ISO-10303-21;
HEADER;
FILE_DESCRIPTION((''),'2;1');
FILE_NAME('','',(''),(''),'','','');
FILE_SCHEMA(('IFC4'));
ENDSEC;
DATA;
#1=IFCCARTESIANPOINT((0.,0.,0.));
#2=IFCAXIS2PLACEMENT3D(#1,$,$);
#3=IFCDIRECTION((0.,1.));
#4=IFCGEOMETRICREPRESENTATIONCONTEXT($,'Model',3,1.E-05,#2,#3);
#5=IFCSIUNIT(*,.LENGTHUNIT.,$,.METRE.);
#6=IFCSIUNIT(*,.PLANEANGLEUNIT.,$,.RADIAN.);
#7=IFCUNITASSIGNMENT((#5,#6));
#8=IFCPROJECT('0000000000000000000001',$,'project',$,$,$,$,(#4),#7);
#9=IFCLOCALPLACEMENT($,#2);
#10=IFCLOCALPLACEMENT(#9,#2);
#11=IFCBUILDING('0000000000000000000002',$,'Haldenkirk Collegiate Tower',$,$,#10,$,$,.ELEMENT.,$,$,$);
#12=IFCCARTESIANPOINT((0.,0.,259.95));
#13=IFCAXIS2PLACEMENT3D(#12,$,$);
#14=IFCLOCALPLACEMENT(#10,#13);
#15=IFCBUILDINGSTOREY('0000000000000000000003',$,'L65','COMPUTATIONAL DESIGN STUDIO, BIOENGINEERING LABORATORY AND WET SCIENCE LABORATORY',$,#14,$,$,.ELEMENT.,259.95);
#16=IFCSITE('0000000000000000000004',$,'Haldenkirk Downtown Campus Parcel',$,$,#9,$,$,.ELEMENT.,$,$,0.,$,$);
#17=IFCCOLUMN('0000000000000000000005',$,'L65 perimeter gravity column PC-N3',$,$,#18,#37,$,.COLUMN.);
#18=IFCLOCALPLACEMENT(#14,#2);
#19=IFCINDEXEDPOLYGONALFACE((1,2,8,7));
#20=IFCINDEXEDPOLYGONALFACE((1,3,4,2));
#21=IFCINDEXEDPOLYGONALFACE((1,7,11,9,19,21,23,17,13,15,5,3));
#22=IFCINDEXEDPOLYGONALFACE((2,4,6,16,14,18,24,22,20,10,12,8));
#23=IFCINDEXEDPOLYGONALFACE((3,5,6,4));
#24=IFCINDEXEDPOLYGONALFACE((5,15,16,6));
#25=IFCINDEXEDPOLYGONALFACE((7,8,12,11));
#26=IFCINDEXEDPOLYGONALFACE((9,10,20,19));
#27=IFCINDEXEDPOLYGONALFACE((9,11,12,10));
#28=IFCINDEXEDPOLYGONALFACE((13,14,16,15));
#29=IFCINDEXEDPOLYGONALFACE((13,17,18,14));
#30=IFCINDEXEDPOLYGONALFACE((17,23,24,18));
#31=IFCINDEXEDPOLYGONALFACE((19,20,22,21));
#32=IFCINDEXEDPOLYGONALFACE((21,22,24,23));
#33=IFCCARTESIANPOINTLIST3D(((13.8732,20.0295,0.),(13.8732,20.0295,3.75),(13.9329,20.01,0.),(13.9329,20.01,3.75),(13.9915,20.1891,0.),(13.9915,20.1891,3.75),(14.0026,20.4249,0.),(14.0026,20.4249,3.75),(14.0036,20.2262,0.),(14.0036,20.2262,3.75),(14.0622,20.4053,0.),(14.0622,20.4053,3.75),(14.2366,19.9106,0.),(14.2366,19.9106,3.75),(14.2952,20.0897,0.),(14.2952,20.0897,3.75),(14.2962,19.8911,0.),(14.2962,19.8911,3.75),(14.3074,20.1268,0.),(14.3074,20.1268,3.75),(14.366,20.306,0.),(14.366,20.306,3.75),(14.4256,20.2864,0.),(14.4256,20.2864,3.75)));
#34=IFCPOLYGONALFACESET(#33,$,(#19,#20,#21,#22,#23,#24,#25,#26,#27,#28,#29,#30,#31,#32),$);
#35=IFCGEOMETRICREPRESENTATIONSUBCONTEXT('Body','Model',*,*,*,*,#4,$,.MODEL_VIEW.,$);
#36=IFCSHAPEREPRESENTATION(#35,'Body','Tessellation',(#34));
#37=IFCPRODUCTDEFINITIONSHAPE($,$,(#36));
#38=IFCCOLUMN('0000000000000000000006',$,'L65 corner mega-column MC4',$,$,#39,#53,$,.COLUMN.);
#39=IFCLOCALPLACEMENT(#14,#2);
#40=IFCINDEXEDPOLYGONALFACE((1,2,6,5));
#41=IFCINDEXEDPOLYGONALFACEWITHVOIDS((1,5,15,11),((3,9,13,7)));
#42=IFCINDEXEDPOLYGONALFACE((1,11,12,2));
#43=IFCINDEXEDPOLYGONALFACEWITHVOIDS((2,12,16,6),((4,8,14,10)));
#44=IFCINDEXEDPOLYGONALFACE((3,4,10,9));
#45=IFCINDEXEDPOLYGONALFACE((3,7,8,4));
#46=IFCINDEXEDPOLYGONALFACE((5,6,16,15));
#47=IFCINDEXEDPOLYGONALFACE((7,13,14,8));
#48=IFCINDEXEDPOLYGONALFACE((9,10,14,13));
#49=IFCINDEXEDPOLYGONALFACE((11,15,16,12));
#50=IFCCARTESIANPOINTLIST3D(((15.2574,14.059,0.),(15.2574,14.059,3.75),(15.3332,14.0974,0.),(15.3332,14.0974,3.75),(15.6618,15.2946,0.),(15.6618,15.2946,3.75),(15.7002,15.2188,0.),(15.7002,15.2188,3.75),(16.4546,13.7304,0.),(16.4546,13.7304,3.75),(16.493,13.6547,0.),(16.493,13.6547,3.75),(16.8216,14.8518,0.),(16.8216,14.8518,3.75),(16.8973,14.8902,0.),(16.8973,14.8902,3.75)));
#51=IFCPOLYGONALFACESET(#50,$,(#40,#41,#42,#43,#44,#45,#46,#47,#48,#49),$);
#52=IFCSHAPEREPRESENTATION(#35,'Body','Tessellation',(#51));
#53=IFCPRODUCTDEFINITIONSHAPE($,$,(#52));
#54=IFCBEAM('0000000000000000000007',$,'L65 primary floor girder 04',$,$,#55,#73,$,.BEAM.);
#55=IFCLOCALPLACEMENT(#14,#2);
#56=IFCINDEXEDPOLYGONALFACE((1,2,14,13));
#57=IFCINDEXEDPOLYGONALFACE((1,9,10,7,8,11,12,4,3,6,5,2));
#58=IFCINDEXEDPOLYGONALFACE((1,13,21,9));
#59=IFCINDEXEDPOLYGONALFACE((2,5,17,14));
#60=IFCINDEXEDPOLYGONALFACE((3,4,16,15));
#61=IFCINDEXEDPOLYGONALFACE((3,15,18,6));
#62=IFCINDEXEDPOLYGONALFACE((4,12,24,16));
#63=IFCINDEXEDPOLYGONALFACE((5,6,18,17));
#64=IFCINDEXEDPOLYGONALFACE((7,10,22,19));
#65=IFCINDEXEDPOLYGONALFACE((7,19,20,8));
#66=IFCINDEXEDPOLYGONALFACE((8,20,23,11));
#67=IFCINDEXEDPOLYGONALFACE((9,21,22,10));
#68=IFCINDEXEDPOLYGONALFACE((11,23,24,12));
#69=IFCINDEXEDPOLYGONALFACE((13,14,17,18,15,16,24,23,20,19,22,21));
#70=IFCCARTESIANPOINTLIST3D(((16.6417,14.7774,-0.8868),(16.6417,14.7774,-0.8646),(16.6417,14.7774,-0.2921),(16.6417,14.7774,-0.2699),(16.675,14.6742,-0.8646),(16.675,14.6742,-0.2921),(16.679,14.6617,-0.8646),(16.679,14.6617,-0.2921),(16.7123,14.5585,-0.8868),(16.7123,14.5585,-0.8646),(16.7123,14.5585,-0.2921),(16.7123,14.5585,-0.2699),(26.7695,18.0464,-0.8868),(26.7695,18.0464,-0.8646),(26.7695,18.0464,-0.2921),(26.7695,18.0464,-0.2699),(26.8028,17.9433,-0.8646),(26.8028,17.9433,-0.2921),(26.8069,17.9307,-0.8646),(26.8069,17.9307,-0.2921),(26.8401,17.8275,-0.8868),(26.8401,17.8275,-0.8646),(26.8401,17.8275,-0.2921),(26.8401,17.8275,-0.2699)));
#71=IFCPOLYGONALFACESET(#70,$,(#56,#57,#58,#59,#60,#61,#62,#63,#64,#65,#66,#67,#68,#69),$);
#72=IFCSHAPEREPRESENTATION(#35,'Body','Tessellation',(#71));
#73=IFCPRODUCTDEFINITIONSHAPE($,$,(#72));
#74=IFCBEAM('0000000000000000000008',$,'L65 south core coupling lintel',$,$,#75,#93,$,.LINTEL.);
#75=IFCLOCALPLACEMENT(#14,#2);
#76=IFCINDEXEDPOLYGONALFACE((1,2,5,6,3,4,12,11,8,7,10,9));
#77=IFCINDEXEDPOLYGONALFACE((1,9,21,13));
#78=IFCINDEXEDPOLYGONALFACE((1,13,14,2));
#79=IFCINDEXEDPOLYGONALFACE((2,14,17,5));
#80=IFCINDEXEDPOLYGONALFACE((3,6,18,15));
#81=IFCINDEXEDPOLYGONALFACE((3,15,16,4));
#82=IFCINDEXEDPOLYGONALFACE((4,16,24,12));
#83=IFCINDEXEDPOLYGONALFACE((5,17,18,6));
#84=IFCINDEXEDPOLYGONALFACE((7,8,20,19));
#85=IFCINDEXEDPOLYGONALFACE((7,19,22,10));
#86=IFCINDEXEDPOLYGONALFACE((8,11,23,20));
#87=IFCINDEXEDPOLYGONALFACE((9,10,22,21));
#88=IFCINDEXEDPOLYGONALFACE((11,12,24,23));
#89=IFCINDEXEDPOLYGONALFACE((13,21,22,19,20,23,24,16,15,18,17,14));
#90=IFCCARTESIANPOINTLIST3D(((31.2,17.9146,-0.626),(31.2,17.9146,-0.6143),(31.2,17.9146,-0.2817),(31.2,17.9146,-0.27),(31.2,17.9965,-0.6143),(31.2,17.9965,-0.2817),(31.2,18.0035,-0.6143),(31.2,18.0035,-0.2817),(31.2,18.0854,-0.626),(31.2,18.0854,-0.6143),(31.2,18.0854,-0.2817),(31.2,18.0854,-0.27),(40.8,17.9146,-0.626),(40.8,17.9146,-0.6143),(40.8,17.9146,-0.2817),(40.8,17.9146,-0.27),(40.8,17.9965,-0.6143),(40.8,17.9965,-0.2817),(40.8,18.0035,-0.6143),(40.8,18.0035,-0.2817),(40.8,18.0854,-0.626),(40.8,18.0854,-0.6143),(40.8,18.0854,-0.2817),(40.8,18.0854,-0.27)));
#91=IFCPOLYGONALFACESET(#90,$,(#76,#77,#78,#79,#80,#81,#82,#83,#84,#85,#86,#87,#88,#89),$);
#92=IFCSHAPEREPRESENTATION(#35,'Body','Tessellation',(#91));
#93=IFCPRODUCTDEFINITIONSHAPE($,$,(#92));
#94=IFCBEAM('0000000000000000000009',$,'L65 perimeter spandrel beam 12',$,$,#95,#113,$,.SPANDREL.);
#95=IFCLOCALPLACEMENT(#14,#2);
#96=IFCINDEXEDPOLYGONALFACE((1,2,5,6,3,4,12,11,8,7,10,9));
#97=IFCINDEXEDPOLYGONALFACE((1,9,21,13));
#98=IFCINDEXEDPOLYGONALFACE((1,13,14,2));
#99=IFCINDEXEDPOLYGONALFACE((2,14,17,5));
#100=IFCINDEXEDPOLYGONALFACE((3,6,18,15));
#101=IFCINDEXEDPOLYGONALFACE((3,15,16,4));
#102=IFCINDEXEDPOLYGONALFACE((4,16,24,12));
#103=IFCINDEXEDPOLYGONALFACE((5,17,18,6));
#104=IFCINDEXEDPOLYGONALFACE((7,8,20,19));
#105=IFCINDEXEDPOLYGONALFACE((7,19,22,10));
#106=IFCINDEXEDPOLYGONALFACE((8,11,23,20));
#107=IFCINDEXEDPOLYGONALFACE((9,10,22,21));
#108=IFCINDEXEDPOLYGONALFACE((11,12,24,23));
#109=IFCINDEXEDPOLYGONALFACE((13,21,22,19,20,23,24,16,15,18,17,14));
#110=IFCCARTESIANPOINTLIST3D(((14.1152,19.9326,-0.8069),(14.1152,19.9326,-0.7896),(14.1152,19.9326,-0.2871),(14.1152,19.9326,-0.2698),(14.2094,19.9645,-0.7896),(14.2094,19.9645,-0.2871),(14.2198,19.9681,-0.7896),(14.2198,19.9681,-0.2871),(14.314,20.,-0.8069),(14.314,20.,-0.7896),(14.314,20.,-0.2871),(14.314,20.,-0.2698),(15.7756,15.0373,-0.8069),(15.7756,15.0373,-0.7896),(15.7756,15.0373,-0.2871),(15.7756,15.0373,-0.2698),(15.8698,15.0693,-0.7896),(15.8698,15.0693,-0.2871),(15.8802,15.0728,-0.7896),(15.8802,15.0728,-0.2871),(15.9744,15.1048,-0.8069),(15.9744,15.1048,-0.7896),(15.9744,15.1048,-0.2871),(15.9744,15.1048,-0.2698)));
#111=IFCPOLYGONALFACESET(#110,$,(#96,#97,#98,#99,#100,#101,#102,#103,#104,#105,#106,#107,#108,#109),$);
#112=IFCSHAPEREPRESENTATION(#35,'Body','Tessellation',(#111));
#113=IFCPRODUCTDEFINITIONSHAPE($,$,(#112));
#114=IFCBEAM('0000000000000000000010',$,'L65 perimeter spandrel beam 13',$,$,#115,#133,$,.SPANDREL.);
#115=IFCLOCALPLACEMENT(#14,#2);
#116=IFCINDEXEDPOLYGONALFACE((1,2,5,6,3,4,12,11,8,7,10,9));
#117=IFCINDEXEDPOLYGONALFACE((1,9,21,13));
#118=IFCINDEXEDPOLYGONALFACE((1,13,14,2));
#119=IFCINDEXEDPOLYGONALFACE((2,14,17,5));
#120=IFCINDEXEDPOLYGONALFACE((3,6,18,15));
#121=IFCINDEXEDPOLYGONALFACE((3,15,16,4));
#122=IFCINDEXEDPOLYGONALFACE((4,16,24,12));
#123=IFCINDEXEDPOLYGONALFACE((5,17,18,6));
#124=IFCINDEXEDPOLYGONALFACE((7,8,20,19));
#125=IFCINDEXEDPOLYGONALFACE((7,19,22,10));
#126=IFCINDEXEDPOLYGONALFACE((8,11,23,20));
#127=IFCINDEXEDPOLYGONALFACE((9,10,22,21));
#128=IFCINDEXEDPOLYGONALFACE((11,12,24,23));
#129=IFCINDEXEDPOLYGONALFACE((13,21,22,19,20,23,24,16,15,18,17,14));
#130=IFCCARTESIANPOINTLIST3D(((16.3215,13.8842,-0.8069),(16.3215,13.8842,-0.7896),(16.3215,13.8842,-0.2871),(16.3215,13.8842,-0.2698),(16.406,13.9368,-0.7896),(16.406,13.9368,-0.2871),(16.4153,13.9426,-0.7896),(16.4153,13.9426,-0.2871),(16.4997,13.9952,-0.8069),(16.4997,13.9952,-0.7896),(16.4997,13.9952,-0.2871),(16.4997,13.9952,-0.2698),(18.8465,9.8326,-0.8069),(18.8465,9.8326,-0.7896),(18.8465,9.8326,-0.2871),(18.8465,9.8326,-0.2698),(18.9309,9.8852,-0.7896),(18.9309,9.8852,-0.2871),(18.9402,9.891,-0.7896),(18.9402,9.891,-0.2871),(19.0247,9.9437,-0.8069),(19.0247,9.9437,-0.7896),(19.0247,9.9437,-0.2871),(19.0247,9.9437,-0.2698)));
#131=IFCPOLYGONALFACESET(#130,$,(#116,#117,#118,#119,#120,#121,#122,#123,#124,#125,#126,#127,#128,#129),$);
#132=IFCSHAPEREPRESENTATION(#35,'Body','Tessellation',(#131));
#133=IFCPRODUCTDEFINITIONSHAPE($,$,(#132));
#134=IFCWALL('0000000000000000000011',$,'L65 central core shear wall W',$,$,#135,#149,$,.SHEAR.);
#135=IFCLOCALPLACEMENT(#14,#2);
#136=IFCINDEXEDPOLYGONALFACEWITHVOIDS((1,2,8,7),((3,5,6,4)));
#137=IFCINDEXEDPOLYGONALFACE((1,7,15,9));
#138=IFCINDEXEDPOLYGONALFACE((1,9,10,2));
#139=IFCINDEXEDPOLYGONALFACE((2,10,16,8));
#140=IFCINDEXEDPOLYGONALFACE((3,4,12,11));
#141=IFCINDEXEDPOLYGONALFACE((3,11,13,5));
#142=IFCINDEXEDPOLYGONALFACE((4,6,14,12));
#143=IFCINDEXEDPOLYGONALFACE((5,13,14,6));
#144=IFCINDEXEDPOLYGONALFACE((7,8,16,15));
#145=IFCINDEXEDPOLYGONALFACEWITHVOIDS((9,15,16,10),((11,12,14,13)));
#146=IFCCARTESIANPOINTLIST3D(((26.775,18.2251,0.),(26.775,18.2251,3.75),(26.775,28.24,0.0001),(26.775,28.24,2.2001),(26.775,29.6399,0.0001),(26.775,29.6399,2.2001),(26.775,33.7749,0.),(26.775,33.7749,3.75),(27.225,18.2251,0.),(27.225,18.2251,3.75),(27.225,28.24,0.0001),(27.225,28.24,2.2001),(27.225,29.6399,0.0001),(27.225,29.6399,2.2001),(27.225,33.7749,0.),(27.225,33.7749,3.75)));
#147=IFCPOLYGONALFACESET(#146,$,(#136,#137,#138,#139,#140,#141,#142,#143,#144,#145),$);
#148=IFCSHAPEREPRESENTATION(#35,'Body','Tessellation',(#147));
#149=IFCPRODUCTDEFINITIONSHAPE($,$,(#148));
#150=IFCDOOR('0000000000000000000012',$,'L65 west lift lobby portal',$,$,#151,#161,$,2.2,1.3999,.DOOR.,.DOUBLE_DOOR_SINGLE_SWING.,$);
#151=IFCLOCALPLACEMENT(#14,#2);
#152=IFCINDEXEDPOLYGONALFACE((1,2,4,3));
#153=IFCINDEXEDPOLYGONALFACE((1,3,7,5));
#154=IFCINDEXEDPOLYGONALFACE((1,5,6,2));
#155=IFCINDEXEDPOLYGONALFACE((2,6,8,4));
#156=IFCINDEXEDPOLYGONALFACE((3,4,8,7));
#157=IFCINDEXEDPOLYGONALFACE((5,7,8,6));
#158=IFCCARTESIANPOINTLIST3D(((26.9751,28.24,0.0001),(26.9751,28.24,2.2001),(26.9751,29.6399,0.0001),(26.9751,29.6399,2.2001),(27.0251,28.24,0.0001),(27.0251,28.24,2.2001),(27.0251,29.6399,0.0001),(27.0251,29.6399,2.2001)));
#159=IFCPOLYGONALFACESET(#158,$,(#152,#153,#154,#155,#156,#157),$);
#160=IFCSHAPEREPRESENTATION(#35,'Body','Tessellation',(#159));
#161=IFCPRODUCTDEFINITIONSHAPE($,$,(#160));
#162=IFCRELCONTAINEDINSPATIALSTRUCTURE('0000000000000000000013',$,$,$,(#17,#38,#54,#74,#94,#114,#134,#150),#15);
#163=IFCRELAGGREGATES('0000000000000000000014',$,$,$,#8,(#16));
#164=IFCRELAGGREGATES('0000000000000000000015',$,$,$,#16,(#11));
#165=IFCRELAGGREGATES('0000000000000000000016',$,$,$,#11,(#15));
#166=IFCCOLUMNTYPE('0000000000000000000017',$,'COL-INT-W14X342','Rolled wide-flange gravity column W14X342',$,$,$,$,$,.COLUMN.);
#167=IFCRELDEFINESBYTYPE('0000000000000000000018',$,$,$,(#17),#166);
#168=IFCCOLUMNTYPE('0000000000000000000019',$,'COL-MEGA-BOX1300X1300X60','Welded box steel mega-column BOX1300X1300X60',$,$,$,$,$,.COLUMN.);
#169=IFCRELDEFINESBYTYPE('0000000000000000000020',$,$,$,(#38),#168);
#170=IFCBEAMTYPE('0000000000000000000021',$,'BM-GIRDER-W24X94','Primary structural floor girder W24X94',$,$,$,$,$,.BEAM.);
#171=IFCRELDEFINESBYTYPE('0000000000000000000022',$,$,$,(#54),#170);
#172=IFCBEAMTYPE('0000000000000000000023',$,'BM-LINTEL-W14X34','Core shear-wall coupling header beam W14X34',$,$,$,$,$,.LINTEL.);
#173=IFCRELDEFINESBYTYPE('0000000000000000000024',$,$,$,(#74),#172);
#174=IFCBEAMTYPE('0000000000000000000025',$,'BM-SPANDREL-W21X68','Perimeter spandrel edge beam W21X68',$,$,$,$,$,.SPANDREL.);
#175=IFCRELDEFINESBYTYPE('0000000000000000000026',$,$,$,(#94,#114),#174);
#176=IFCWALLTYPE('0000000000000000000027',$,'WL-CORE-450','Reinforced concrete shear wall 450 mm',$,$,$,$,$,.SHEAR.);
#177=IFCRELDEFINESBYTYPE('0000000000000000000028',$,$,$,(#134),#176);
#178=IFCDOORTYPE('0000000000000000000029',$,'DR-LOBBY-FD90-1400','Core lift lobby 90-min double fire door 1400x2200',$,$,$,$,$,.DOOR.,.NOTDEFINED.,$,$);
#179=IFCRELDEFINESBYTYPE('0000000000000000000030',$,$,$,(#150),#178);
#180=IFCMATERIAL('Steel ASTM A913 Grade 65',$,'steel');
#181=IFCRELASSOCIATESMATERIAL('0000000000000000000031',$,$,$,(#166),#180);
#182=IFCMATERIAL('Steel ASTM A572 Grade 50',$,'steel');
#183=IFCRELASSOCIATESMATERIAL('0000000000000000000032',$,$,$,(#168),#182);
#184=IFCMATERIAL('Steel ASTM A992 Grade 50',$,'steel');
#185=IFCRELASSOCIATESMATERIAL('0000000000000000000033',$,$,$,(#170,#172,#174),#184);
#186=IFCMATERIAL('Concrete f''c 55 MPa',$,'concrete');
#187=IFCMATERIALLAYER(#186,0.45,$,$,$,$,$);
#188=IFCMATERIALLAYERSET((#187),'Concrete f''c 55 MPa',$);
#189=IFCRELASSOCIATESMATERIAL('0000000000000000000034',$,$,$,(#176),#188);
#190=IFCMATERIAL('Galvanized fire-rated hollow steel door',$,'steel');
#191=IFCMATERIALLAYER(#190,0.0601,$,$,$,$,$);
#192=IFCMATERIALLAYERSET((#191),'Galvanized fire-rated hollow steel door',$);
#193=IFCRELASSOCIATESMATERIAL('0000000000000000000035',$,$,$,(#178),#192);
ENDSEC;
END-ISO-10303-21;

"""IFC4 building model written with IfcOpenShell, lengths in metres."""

from ifc_helpers import new_model, si_unit, direction, frame, frame_2d, origin, origin_2d, place, context, subcontext, project, spatial, rectangle, hollow_rectangle, i_section, extrude, material, layer, layer_set, material_profile, profile_set, type_object, element, fill, save


model = new_model("IFC4")

# Units and contexts
model_context = context("Model", 3, precision=1e-05, world=origin(), true_north=direction((0.0, 1.0)))
body_context = subcontext(model_context, "Body", "Model", "MODEL_VIEW")
ifc_project = project(units=[si_unit("LENGTHUNIT", "METRE"), si_unit("PLANEANGLEUNIT", "RADIAN")], contexts=[model_context])

# Site, building, storey
site_placement = place(None, origin())
site = spatial("IfcSite", under=ifc_project, at=site_placement, Name="Haldenkirk Downtown Campus Parcel", CompositionType="ELEMENT", RefElevation=0.0)
building_placement = place(site_placement, origin())
building = spatial("IfcBuilding", under=site, at=building_placement, Name="Haldenkirk Collegiate Tower", CompositionType="ELEMENT")
storey_placement = place(building_placement, frame((0.0, 0.0, 259.95)))
storey = spatial("IfcBuildingStorey", under=building, at=storey_placement, Name="L65", Description="COMPUTATIONAL DESIGN STUDIO, BIOENGINEERING LABORATORY AND WET SCIENCE LABORATORY", CompositionType="ELEMENT", Elevation=259.95)

# Columns
ifc_material_1 = material(Name="Steel ASTM A913 Grade 65", Category="steel")
ifc_material_profile_1 = material_profile(ifc_material_1, i_section(OverallWidth=0.416, OverallDepth=0.4451, WebThickness=0.0391, FlangeThickness=0.0627, at=origin_2d()), Name="W14X342")
ifc_profile_set_1 = profile_set([ifc_material_profile_1], Name="Steel ASTM A913 Grade 65")
column_type_1 = type_object("IfcColumnType", Name="COL-INT-W14X342", Description="Rolled wide-flange gravity column W14X342", PredefinedType="COLUMN", material=ifc_profile_set_1)
column_1_placement = place(storey_placement, frame((14.1494, 20.158, 0.0), z_axis=(0.0, 0.0, 1.0), x_axis=(0.311008, 0.950407, 0.0)))
element("IfcColumn", 1, at=column_1_placement, inside=storey, type_object=column_type_1, Name="L65 perimeter gravity column PC-N3", PredefinedType="COLUMN", context=body_context, shape_type="SweptSolid", body=[
    extrude(i_section(OverallWidth=0.416, OverallDepth=0.4451, WebThickness=0.0391, FlangeThickness=0.0627, at=origin_2d()), origin(), (0.0, 0.0, 1.0), 3.75),
])
ifc_material_2 = material(Name="Steel ASTM A572 Grade 50", Category="steel")
ifc_material_profile_2 = material_profile(ifc_material_2, hollow_rectangle(XDim=1.3, YDim=1.3, WallThickness=0.0601, at=origin_2d()), Name="BOX1300X1300X60")
ifc_profile_set_2 = profile_set([ifc_material_profile_2], Name="Steel ASTM A572 Grade 50")
column_type_2 = type_object("IfcColumnType", Name="COL-MEGA-BOX1300X1300X60", Description="Welded box steel mega-column BOX1300X1300X60", PredefinedType="COLUMN", material=ifc_profile_set_2)
column_2_placement = place(storey_placement, frame((16.0774, 14.4746, 0.0), z_axis=(0.0, 0.0, 1.0), x_axis=(0.311008, 0.950407, 0.0)))
element("IfcColumn", 2, at=column_2_placement, inside=storey, type_object=column_type_2, Name="L65 corner mega-column MC4", PredefinedType="COLUMN", context=body_context, shape_type="SweptSolid", body=[
    extrude(hollow_rectangle(XDim=1.3, YDim=1.3, WallThickness=0.0601, at=origin_2d()), origin(), (0.0, 0.0, 1.0), 3.75),
])

# Beams
ifc_material_3 = material(Name="Steel ASTM A992 Grade 50", Category="steel")
ifc_material_profile_3 = material_profile(ifc_material_3, i_section(OverallWidth=0.23, OverallDepth=0.6169, WebThickness=0.0132, FlangeThickness=0.0222, at=origin_2d()), Name="W24X94")
ifc_profile_set_3 = profile_set([ifc_material_profile_3], Name="Steel ASTM A992 Grade 50")
beam_type_1 = type_object("IfcBeamType", Name="BM-GIRDER-W24X94", Description="Primary structural floor girder W24X94", PredefinedType="BEAM", material=ifc_profile_set_3)
beam_1_placement = place(storey_placement, frame((16.677, 14.668, -0.5784), z_axis=(0.951655, 0.30717, 0.0), x_axis=(-0.30717, 0.951655, 0.0)))
element("IfcBeam", 3, at=beam_1_placement, inside=storey, type_object=beam_type_1, Name="L65 primary floor girder 04", PredefinedType="BEAM", context=body_context, shape_type="SweptSolid", body=[
    extrude(i_section(OverallWidth=0.23, OverallDepth=0.6169, WebThickness=0.0132, FlangeThickness=0.0222, at=origin_2d()), origin(), (0.0, 0.0, 1.0), 10.6423),
])
ifc_material_profile_4 = material_profile(ifc_material_3, i_section(OverallWidth=0.1709, OverallDepth=0.356, WebThickness=0.0071, FlangeThickness=0.0117, at=origin_2d()), Name="W14X34")
ifc_profile_set_4 = profile_set([ifc_material_profile_4], Name="Steel ASTM A992 Grade 50")
beam_type_2 = type_object("IfcBeamType", Name="BM-LINTEL-W14X34", Description="Core shear-wall coupling header beam W14X34", PredefinedType="LINTEL", material=ifc_profile_set_4)
beam_2_placement = place(storey_placement, frame((31.2, 18.0, -0.448), z_axis=(1.0, 0.0, 0.0), x_axis=(0.0, 1.0, 0.0)))
element("IfcBeam", 4, at=beam_2_placement, inside=storey, type_object=beam_type_2, Name="L65 south core coupling lintel", PredefinedType="LINTEL", context=body_context, shape_type="SweptSolid", body=[
    extrude(i_section(OverallWidth=0.1709, OverallDepth=0.356, WebThickness=0.0071, FlangeThickness=0.0117, at=origin_2d()), origin(), (0.0, 0.0, 1.0), 9.6001),
])
ifc_material_profile_5 = material_profile(ifc_material_3, i_section(OverallWidth=0.21, OverallDepth=0.5371, WebThickness=0.011, FlangeThickness=0.0173, at=origin_2d()), Name="W21X68")
ifc_profile_set_5 = profile_set([ifc_material_profile_5], Name="Steel ASTM A992 Grade 50")
beam_type_3 = type_object("IfcBeamType", Name="BM-SPANDREL-W21X68", Description="Perimeter spandrel edge beam W21X68", PredefinedType="SPANDREL", material=ifc_profile_set_5)
beam_3_placement = place(storey_placement, frame((14.2146, 19.9663, -0.5383), z_axis=(0.321211, -0.947008, 0.0), x_axis=(0.947008, 0.321211, 0.0)))
element("IfcBeam", 5, at=beam_3_placement, inside=storey, type_object=beam_type_3, Name="L65 perimeter spandrel beam 12", PredefinedType="SPANDREL", context=body_context, shape_type="SweptSolid", body=[
    extrude(i_section(OverallWidth=0.21, OverallDepth=0.5371, WebThickness=0.011, FlangeThickness=0.0173, at=origin_2d()), origin(), (0.0, 0.0, 1.0), 5.1692),
])
beam_4_placement = place(storey_placement, frame((16.4106, 13.9397, -0.5383), z_axis=(0.5289, -0.848684, 0.0), x_axis=(0.848684, 0.5289, 0.0)))
element("IfcBeam", 6, at=beam_4_placement, inside=storey, type_object=beam_type_3, Name="L65 perimeter spandrel beam 13", PredefinedType="SPANDREL", context=body_context, shape_type="SweptSolid", body=[
    extrude(i_section(OverallWidth=0.21, OverallDepth=0.5371, WebThickness=0.011, FlangeThickness=0.0173, at=origin_2d()), origin(), (0.0, 0.0, 1.0), 4.7739),
])

# Shared definitions
ifc_material_4 = material(Name="Concrete f'c 55 MPa", Category="concrete")
ifc_layer_1 = layer(ifc_material_4, 0.45)
ifc_layer_set_1 = layer_set([ifc_layer_1], Name="Concrete f'c 55 MPa")
wall_type_1 = type_object("IfcWallType", Name="WL-CORE-450", Description="Reinforced concrete shear wall 450 mm", PredefinedType="SHEAR", material=ifc_layer_set_1)
ifc_material_5 = material(Name="Galvanized fire-rated hollow steel door", Category="steel")

# Wall, opening, door
wall_1_placement = place(storey_placement, frame((27.0, 18.2251, 0.0), z_axis=(0.0, 0.0, 1.0), x_axis=(0.0, 1.0, 0.0)))
wall_1 = element("IfcWall", 7, at=wall_1_placement, inside=storey, type_object=wall_type_1, Name="L65 central core shear wall W", PredefinedType="SHEAR", context=body_context, shape_type="SweptSolid", body=[
    extrude(rectangle(XDim=15.5498, YDim=0.45, at=frame_2d((7.7749, 0.0))), origin(), (0.0, 0.0, 1.0), 3.75),
])
opening_1_placement = place(wall_1_placement, frame((10.0149, 0.0, 0.0)))
opening_1 = element("IfcOpeningElement", 8, at=opening_1_placement, cuts=wall_1, PredefinedType="OPENING", context=body_context, shape_type="SweptSolid", body=[
    extrude(rectangle(XDim=1.3999, YDim=2.2, at=frame_2d((0.7, 1.1001))), frame((0.0, 0.2349, 0.0), z_axis=(0.0, -1.0, 0.0), x_axis=(1.0, 0.0, 0.0)), (0.0, 0.0, 1.0), 0.47),
])
ifc_layer_2 = layer(ifc_material_5, 0.0601)
ifc_layer_set_2 = layer_set([ifc_layer_2], Name="Galvanized fire-rated hollow steel door")
door_type_1 = type_object("IfcDoorType", Name="DR-LOBBY-FD90-1400", Description="Core lift lobby 90-min double fire door 1400x2200", OperationType="NOTDEFINED", PredefinedType="DOOR", material=ifc_layer_set_2)
door_1_placement = place(opening_1_placement, origin())
door_1 = element("IfcDoor", 9, at=door_1_placement, inside=storey, type_object=door_type_1, Name="L65 west lift lobby portal", OperationType="DOUBLE_DOOR_SINGLE_SWING", OverallHeight=2.2, OverallWidth=1.3999, PredefinedType="DOOR", context=body_context, shape_type="SweptSolid", body=[
    extrude(rectangle(XDim=1.3999, YDim=2.2, at=frame_2d((0.7, 1.1001))), frame((0.0, 0.0249, 0.0), z_axis=(0.0, -1.0, 0.0), x_axis=(1.0, 0.0, 0.0)), (0.0, 0.0, 1.0), 0.05),
])
fill(opening_1, door_1)

save(model, "model.ifc")
